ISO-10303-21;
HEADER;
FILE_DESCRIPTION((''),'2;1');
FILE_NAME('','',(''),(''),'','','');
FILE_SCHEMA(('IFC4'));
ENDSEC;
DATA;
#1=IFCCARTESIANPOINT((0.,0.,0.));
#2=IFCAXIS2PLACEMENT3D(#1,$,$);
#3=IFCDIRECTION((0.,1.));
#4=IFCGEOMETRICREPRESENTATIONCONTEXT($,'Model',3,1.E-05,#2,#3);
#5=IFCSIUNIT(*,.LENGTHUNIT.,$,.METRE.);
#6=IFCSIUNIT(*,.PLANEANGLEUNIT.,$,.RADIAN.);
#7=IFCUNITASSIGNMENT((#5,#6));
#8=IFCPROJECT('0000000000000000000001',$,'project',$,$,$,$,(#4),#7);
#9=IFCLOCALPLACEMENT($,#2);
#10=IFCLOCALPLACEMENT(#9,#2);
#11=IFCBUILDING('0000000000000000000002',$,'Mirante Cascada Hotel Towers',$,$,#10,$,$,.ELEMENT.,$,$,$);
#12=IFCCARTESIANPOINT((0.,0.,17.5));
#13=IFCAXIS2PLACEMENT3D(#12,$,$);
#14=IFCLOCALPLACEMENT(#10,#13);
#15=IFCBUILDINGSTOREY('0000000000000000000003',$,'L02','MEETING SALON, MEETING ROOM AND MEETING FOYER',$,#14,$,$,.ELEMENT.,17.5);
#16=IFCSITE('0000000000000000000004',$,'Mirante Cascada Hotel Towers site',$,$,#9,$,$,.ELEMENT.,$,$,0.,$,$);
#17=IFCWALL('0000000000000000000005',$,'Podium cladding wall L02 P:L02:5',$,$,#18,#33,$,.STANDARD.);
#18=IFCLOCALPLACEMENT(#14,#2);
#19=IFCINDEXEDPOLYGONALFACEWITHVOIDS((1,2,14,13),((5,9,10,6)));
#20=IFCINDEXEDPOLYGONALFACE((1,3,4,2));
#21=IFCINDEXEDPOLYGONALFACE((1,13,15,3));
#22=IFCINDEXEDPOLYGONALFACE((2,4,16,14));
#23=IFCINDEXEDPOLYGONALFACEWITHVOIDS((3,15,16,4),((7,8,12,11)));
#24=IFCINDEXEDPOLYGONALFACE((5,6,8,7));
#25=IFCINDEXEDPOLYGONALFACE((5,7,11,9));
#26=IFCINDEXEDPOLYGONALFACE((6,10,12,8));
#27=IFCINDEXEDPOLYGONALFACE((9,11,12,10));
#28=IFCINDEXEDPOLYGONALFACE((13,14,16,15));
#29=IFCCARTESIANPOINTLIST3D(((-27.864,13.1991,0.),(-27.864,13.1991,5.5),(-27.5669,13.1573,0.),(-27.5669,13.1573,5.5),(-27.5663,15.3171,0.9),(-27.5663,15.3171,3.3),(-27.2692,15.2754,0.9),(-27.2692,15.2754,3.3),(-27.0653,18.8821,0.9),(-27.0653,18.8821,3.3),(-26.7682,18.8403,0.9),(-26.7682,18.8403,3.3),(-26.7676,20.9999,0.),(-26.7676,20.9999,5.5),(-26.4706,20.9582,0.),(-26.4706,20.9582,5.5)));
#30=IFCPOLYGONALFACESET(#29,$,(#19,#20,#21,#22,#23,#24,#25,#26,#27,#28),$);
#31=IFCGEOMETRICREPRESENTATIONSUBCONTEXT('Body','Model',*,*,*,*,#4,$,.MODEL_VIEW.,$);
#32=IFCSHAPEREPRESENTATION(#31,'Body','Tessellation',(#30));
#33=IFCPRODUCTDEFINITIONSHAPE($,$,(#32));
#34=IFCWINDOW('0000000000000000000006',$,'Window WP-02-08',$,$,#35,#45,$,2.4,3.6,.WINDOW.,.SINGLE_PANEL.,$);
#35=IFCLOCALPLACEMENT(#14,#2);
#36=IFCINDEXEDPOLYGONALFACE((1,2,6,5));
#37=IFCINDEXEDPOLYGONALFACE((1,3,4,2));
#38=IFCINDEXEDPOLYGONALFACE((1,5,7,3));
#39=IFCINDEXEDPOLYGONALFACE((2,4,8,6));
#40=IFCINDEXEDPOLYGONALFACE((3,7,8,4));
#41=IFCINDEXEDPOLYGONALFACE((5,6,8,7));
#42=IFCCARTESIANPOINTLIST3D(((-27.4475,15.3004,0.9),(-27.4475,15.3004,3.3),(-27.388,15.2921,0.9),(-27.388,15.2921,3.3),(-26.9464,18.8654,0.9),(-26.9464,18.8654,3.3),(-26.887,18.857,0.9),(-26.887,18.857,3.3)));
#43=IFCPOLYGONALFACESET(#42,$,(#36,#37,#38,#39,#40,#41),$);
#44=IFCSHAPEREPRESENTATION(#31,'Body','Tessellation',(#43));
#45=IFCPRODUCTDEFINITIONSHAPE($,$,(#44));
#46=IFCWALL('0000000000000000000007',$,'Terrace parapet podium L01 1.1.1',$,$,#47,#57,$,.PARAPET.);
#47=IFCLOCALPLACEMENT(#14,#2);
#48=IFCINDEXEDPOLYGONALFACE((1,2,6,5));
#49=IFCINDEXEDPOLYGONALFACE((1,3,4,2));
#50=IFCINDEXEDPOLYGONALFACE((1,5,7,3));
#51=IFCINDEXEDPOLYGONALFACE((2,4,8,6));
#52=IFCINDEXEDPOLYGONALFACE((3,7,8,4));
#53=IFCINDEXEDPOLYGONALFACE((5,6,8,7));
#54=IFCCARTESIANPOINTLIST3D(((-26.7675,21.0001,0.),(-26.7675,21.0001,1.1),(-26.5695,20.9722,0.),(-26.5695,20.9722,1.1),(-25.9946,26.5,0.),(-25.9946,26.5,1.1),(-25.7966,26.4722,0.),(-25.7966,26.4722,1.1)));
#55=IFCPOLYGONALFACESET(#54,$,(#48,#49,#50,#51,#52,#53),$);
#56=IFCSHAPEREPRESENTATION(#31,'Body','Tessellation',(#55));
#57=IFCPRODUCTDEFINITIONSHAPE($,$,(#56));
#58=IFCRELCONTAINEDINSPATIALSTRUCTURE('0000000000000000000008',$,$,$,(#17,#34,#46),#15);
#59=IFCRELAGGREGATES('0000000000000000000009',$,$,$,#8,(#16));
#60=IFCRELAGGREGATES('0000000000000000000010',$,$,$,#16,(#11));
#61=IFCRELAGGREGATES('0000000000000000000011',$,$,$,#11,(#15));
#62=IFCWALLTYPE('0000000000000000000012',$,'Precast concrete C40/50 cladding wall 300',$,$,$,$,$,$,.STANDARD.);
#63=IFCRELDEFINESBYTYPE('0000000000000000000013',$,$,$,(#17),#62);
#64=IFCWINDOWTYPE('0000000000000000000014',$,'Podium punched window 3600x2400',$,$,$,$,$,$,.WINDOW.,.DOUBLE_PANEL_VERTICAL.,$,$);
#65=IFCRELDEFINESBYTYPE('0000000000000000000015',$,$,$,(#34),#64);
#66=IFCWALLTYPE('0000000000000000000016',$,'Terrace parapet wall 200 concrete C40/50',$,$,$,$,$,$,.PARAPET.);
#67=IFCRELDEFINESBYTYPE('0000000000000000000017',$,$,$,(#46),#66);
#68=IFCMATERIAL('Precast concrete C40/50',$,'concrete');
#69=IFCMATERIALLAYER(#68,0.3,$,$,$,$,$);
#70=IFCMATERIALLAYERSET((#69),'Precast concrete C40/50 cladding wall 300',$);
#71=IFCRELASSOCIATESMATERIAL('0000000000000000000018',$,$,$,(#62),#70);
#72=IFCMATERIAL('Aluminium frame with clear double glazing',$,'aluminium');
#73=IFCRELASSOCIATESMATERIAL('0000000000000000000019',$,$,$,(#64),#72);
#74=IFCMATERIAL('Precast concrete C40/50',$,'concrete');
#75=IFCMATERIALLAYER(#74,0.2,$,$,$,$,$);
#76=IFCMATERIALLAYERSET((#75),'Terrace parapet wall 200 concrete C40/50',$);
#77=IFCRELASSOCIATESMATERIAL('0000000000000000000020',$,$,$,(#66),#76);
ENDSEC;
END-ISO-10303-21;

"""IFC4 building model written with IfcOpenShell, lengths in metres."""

from ifc_helpers import new_model, si_unit, direction, frame, frame_2d, origin, place, context, subcontext, project, spatial, rectangle, extrude, material, layer, layer_set, type_object, element, fill, save


model = new_model("IFC4")

# Units and contexts
model_context = context("Model", 3, precision=1e-05, world=origin(), true_north=direction((0.0, 1.0)))
body_context = subcontext(model_context, "Body", "Model", "MODEL_VIEW")
ifc_project = project(units=[si_unit("LENGTHUNIT", "METRE"), si_unit("PLANEANGLEUNIT", "RADIAN")], contexts=[model_context])

# Site, building, storey
site_placement = place(None, origin())
site = spatial("IfcSite", under=ifc_project, at=site_placement, Name="Mirante Cascada Hotel Towers site", CompositionType="ELEMENT", RefElevation=0.0)
building_placement = place(site_placement, origin())
building = spatial("IfcBuilding", under=site, at=building_placement, Name="Mirante Cascada Hotel Towers", CompositionType="ELEMENT")
storey_placement = place(building_placement, frame((0.0, 0.0, 17.5)))
storey = spatial("IfcBuildingStorey", under=building, at=storey_placement, Name="L02", Description="MEETING SALON, MEETING ROOM AND MEETING FOYER", CompositionType="ELEMENT", Elevation=17.5)

# Shared definitions
ifc_material_1 = material(Name="Precast concrete C40/50", Category="concrete")
ifc_layer_1 = layer(ifc_material_1, 0.3)
ifc_layer_set_1 = layer_set([ifc_layer_1], Name="Precast concrete C40/50 cladding wall 300")
wall_type_1 = type_object("IfcWallType", Name="Precast concrete C40/50 cladding wall 300", PredefinedType="STANDARD", material=ifc_layer_set_1)

# Wall, opening, window
wall_1_placement = place(storey_placement, frame((-26.6191, 20.9791, 0.0), z_axis=(0.0, 0.0, 1.0), x_axis=(-0.139169, -0.990269, 0.0)))
wall_1 = element("IfcWall", 1, at=wall_1_placement, inside=storey, type_object=wall_type_1, Name="Podium cladding wall L02 P:L02:5", PredefinedType="STANDARD", context=body_context, shape_type="SweptSolid", body=[
    extrude(rectangle(XDim=7.8775, YDim=0.3, at=frame_2d((3.9388, 0.0))), origin(), (0.0, 0.0, 1.0), 5.5),
])
opening_1_placement = place(wall_1_placement, frame((2.1387, 0.0, 0.9)))
opening_1 = element("IfcOpeningElement", 2, at=opening_1_placement, cuts=wall_1, PredefinedType="OPENING", context=body_context, shape_type="SweptSolid", body=[
    extrude(rectangle(XDim=3.6, YDim=2.4, at=frame_2d((1.8, 1.2))), frame((0.0, 0.15, 0.0), z_axis=(0.0, -1.0, 0.0), x_axis=(1.0, 0.0, 0.0)), (0.0, 0.0, 1.0), 0.3),
])
ifc_material_2 = material(Name="Aluminium frame with clear double glazing", Category="aluminium")
window_type = type_object("IfcWindowType", Name="Podium punched window 3600x2400", PartitioningType="DOUBLE_PANEL_VERTICAL", PredefinedType="WINDOW", material=ifc_material_2)
window_placement = place(opening_1_placement, origin())
window = element("IfcWindow", 3, at=window_placement, inside=storey, type_object=window_type, Name="Window WP-02-08", OverallHeight=2.4, OverallWidth=3.6, PartitioningType="SINGLE_PANEL", PredefinedType="WINDOW", context=body_context, shape_type="SweptSolid", body=[
    extrude(rectangle(XDim=3.6, YDim=2.4, at=frame_2d((1.8, 1.2))), frame((0.0, 0.03, 0.0), z_axis=(0.0, -1.0, 0.0), x_axis=(1.0, 0.0, 0.0)), (0.0, 0.0, 1.0), 0.06),
])
fill(opening_1, window)

# Wall
ifc_material_3 = material(Name="Precast concrete C40/50", Category="concrete")
ifc_layer_2 = layer(ifc_material_3, 0.2)
ifc_layer_set_2 = layer_set([ifc_layer_2], Name="Terrace parapet wall 200 concrete C40/50")
wall_type_2 = type_object("IfcWallType", Name="Terrace parapet wall 200 concrete C40/50", PredefinedType="PARAPET", material=ifc_layer_set_2)
wall_2_placement = place(storey_placement, frame((-25.8956, 26.4861, 0.0), z_axis=(0.0, 0.0, 1.0), x_axis=(-0.13916, -0.99027, 0.0)))
element("IfcWall", 4, at=wall_2_placement, inside=storey, type_object=wall_type_2, Name="Terrace parapet podium L01 1.1.1", PredefinedType="PARAPET", context=body_context, shape_type="SweptSolid", body=[
    extrude(rectangle(XDim=5.554, YDim=0.2, at=frame_2d((2.777, 0.0))), origin(), (0.0, 0.0, 1.0), 1.1),
])

save(model, "model.ifc")
